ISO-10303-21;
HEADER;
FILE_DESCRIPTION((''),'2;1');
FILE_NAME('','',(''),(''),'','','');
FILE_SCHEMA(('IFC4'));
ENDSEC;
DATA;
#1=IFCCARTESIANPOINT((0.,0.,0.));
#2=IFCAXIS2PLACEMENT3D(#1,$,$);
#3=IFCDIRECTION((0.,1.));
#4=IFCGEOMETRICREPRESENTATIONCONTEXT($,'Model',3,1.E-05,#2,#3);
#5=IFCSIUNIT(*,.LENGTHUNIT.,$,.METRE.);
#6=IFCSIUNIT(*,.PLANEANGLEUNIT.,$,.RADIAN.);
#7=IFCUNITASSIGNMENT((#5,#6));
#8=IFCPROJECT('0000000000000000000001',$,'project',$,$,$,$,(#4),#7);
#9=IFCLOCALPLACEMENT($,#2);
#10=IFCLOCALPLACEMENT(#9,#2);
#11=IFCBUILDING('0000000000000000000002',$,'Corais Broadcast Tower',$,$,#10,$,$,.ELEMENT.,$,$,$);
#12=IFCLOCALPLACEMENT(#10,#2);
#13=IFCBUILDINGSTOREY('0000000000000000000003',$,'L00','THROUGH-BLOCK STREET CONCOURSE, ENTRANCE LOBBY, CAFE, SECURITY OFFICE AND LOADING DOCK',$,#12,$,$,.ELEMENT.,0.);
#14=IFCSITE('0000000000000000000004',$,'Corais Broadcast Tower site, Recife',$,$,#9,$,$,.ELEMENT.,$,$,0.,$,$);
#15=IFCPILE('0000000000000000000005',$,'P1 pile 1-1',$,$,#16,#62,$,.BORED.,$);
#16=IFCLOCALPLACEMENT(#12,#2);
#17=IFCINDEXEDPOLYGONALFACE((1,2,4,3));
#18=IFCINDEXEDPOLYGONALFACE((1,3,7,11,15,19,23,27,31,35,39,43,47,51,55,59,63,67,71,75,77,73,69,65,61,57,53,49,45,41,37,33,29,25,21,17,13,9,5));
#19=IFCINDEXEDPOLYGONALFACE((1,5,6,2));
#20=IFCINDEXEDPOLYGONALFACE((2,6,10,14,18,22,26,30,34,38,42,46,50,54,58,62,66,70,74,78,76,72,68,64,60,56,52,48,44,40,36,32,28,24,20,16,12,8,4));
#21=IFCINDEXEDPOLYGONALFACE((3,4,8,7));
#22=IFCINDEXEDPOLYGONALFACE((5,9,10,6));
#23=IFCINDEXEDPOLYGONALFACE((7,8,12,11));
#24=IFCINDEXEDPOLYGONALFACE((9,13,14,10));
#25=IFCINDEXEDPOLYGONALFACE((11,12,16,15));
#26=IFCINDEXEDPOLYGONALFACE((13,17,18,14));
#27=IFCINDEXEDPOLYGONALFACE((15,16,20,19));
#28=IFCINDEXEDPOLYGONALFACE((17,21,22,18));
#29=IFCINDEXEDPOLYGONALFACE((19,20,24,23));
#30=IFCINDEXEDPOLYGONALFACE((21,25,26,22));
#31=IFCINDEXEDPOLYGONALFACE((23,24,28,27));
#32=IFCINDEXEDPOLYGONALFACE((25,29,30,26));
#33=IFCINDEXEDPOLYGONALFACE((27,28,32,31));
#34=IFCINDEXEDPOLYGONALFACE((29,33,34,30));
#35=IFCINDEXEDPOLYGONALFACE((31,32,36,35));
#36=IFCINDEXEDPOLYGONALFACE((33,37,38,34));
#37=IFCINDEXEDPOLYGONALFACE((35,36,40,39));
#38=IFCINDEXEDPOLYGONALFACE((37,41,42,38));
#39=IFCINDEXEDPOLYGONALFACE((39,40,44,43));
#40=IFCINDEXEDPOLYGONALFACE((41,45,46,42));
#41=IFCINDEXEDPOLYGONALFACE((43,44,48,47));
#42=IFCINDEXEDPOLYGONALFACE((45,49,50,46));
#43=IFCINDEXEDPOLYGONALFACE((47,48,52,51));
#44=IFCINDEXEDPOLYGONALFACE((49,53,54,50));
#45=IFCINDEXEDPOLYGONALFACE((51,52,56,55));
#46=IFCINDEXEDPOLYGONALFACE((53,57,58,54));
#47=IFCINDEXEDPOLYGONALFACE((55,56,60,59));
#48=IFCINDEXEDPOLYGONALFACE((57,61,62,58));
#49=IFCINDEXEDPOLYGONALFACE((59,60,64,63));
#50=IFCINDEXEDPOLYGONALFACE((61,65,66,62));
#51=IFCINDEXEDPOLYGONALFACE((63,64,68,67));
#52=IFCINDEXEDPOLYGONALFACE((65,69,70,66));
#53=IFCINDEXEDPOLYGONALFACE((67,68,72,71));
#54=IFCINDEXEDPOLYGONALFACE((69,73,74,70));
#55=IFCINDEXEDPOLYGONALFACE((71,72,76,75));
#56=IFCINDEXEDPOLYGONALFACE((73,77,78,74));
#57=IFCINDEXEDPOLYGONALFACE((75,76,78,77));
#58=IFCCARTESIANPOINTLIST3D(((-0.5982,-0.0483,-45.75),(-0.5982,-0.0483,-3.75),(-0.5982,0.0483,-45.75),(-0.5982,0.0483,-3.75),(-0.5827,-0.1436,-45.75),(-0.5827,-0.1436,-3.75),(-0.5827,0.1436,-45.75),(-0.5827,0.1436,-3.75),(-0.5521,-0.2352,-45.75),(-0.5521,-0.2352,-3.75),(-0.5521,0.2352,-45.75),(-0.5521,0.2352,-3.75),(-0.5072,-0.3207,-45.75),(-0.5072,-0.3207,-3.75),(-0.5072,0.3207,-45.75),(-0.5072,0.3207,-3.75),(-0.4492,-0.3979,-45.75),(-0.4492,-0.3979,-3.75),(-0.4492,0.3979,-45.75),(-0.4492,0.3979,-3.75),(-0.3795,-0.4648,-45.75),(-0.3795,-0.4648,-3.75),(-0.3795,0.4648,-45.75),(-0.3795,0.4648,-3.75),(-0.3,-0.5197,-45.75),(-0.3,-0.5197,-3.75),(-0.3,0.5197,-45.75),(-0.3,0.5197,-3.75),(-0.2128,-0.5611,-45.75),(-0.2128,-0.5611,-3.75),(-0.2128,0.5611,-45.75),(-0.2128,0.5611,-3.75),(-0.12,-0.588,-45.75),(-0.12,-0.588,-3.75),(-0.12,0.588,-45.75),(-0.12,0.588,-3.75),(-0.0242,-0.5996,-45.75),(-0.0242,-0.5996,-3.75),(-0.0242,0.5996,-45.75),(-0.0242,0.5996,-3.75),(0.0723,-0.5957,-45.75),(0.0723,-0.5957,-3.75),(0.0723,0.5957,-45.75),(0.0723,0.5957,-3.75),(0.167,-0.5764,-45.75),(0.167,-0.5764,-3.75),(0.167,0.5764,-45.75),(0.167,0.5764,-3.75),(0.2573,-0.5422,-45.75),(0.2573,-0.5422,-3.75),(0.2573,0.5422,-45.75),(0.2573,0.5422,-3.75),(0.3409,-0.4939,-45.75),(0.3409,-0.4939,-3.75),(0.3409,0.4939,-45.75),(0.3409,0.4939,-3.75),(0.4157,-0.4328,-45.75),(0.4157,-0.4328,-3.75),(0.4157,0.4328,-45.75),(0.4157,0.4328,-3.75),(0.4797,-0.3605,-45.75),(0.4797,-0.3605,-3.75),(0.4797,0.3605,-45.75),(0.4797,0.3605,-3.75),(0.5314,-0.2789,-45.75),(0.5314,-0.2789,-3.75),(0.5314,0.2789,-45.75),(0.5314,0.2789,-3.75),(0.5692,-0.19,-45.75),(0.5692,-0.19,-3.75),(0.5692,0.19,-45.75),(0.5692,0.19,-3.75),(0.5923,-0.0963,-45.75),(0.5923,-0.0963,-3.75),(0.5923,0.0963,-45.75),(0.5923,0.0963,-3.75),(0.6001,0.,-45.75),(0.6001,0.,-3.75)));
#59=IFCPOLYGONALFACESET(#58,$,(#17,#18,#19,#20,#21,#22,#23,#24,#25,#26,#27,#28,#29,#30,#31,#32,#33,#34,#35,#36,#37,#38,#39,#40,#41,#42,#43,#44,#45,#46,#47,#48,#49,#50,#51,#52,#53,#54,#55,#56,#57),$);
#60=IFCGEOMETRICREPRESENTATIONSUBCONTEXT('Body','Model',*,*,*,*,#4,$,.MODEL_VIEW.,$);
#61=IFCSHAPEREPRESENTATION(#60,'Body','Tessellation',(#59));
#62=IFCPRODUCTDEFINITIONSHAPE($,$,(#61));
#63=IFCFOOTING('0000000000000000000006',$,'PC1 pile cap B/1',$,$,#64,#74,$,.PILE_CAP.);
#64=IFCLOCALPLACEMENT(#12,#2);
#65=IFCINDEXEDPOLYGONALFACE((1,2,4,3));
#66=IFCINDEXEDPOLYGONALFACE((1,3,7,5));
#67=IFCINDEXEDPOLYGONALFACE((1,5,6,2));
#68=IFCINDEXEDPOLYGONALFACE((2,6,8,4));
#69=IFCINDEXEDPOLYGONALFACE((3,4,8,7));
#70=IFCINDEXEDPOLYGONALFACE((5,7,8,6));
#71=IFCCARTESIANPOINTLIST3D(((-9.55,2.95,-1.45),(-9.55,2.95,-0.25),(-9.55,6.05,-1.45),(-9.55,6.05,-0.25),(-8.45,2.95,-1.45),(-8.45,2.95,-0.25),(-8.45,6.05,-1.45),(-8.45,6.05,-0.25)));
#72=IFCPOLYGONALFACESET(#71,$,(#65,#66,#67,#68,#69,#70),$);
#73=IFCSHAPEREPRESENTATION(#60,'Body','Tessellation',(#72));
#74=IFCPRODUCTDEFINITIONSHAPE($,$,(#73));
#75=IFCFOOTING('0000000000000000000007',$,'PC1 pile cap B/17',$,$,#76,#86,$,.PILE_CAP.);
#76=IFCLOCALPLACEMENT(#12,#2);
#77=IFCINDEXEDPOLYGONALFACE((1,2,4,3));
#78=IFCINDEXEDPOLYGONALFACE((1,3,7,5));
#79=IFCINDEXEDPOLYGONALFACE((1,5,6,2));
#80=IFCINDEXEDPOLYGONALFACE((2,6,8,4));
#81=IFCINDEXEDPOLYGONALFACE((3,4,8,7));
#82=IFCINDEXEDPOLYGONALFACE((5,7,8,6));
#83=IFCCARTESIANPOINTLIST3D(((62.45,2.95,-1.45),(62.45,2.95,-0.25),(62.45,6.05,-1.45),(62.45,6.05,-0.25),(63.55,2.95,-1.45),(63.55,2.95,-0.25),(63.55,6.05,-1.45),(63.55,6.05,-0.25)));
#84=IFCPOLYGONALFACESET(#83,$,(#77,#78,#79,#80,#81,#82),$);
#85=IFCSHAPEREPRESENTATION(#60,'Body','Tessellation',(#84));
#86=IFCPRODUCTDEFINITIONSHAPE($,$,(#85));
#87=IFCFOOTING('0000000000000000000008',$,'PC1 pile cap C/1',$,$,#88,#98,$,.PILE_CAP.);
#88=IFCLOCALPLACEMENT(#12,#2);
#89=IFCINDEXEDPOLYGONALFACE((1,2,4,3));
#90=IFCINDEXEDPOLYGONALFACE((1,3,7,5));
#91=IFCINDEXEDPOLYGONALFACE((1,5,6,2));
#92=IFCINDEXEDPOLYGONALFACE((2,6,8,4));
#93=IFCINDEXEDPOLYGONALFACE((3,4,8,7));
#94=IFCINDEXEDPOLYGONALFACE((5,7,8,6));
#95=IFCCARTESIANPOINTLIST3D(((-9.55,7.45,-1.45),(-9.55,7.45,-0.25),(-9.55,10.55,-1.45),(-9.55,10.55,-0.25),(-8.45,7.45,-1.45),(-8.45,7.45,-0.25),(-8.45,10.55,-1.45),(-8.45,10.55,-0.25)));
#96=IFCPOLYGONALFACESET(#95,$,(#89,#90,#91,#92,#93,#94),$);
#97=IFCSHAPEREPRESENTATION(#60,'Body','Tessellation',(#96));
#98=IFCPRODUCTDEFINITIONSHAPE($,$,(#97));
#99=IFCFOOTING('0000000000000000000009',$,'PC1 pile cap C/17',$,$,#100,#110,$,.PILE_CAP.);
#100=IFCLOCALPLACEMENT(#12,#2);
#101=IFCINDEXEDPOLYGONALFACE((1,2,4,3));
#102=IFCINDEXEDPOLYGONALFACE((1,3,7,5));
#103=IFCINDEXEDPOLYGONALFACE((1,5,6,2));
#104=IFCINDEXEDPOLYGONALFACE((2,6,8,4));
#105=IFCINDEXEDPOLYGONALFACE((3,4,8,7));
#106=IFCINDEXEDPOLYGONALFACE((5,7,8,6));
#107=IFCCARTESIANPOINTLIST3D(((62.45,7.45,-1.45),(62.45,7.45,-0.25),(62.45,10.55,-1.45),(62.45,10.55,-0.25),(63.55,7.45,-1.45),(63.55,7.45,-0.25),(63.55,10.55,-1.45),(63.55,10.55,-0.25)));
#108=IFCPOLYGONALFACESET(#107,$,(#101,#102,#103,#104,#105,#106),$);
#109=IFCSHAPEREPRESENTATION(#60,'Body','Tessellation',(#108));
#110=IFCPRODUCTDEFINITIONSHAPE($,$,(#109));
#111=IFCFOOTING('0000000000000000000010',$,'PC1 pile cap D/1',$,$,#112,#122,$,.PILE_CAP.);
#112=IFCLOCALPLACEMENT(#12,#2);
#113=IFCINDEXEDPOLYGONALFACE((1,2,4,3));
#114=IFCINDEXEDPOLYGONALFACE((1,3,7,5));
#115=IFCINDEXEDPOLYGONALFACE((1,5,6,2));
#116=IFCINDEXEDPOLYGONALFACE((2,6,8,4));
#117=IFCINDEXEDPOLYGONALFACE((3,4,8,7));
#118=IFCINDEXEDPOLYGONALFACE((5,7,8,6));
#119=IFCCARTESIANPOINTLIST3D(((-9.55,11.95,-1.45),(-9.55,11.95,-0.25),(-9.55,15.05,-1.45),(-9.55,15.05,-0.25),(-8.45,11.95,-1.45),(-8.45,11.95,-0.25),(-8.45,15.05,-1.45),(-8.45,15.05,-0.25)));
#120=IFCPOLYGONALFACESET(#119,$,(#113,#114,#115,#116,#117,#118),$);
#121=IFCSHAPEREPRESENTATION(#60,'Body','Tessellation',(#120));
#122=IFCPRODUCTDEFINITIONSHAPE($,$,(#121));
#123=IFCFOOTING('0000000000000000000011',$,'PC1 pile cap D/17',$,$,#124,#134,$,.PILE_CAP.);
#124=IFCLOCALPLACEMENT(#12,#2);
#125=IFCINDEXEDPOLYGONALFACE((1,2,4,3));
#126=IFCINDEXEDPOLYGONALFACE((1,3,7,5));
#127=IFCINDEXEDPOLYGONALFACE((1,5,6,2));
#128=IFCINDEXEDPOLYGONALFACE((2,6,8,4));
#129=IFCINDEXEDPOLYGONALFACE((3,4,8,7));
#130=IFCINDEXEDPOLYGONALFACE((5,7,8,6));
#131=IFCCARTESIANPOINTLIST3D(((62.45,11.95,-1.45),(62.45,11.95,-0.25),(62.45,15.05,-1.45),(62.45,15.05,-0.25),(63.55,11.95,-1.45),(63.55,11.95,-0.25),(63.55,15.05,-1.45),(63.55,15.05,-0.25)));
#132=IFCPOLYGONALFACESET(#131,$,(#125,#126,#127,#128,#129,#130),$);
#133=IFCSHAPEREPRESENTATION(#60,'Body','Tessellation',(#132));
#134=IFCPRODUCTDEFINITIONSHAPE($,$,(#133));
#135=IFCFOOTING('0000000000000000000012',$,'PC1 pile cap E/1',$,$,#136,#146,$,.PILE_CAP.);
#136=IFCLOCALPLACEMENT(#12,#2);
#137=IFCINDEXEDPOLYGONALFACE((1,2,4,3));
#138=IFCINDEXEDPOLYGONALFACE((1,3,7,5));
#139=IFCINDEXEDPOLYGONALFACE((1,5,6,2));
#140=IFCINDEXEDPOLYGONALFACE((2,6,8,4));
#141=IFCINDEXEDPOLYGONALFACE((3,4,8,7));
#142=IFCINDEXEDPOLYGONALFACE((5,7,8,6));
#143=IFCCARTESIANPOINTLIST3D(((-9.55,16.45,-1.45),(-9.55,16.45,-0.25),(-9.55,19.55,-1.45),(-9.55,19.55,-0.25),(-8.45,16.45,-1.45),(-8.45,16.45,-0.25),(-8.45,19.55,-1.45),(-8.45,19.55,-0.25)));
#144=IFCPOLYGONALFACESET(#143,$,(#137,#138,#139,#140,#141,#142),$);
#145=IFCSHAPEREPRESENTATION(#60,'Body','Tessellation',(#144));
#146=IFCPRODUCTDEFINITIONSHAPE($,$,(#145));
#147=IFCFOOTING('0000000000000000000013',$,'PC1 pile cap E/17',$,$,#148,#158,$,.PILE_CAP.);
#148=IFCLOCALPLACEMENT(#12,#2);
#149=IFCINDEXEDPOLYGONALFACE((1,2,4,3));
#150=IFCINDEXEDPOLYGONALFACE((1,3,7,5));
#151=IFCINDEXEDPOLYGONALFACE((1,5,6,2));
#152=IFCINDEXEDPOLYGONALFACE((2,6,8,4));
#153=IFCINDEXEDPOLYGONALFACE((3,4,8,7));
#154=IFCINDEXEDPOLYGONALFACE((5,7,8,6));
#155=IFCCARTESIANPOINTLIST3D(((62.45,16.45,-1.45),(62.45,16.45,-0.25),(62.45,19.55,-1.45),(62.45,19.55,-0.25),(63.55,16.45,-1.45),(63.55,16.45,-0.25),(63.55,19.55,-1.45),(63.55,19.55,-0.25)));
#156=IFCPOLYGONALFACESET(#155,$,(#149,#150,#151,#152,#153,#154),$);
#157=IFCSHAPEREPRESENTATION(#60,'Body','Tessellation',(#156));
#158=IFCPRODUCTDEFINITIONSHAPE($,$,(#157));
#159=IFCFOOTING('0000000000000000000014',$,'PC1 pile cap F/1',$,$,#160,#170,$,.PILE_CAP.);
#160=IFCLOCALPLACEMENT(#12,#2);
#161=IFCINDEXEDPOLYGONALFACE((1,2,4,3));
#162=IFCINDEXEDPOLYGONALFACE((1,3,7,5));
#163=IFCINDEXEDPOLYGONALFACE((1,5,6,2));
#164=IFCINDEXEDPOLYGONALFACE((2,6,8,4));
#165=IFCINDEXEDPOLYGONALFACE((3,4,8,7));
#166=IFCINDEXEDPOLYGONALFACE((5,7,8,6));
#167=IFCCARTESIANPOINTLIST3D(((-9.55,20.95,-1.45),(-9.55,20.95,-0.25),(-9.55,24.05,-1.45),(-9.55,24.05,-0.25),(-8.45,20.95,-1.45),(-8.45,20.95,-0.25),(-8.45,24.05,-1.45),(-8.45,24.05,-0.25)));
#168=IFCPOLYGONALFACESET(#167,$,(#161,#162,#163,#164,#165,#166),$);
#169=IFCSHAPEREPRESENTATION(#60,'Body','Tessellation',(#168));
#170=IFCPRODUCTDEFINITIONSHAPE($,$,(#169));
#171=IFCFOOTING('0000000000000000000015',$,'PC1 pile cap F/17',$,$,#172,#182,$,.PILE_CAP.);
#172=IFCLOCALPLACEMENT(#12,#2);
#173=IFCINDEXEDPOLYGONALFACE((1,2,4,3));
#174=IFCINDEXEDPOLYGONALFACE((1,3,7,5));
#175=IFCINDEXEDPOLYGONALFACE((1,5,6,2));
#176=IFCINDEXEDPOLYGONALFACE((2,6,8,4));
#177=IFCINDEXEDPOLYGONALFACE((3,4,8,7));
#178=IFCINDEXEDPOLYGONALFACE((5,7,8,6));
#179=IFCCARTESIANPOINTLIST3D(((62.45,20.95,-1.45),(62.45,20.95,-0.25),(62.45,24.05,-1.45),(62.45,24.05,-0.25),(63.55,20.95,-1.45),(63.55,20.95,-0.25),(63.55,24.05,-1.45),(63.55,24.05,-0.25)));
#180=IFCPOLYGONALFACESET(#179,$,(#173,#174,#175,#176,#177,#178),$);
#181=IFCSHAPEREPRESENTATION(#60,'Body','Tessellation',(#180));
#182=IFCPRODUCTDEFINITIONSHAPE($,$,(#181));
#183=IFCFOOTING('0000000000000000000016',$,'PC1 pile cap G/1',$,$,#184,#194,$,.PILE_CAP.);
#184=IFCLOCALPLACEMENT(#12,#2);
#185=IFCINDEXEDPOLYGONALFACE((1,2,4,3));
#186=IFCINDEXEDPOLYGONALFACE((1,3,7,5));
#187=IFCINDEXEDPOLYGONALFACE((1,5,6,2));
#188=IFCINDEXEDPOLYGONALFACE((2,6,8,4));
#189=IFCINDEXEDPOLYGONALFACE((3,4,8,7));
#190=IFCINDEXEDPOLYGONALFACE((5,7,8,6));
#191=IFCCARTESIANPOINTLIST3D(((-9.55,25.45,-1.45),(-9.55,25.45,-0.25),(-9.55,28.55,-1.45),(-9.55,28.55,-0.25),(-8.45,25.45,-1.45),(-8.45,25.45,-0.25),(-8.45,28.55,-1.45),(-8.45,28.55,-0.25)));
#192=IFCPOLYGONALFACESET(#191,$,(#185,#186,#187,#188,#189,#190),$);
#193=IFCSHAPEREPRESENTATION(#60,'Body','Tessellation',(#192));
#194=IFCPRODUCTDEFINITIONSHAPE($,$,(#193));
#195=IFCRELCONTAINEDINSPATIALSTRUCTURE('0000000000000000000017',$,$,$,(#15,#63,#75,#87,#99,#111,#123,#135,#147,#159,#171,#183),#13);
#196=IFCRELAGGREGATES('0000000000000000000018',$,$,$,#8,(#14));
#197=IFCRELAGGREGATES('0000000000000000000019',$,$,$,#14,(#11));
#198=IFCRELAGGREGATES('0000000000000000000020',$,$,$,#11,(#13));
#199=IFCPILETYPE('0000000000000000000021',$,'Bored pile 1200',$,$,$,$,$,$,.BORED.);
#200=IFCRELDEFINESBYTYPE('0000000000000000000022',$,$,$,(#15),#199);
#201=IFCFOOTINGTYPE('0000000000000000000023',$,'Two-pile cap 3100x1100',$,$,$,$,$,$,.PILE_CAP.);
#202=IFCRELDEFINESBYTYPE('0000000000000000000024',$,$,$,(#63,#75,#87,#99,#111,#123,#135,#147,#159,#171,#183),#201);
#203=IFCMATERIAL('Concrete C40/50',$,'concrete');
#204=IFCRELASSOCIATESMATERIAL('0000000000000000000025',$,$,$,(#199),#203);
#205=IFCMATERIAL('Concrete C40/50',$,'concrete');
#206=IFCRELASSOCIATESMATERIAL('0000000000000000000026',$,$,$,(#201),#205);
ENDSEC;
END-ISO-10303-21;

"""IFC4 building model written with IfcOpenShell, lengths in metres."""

from ifc_helpers import new_model, si_unit, direction, frame, origin, origin_2d, place, context, subcontext, project, spatial, polyline, circle, outline, extrude, material, type_object, element, save


model = new_model("IFC4")

# Units and contexts
model_context = context("Model", 3, precision=1e-05, world=origin(), true_north=direction((0.0, 1.0)))
body_context = subcontext(model_context, "Body", "Model", "MODEL_VIEW")
ifc_project = project(units=[si_unit("LENGTHUNIT", "METRE"), si_unit("PLANEANGLEUNIT", "RADIAN")], contexts=[model_context])

# Site, building, storey
site_placement = place(None, origin())
site = spatial("IfcSite", under=ifc_project, at=site_placement, Name="Corais Broadcast Tower site, Recife", CompositionType="ELEMENT", RefElevation=0.0)
building_placement = place(site_placement, origin())
building = spatial("IfcBuilding", under=site, at=building_placement, Name="Corais Broadcast Tower", CompositionType="ELEMENT")
storey_placement = place(building_placement, origin())
storey = spatial("IfcBuildingStorey", under=building, at=storey_placement, Name="L00", Description="THROUGH-BLOCK STREET CONCOURSE, ENTRANCE LOBBY, CAFE, SECURITY OFFICE AND LOADING DOCK", CompositionType="ELEMENT", Elevation=0.0)

# Pile
ifc_material_1 = material(Name="Concrete C40/50", Category="concrete")
pile_type = type_object("IfcPileType", Name="Bored pile 1200", PredefinedType="BORED", material=ifc_material_1)
pile_placement = place(storey_placement, frame((0.0, 0.0, -3.75), z_axis=(0.0, 0.0, -1.0), x_axis=(1.0, 0.0, 0.0)))
element("IfcPile", 1, at=pile_placement, inside=storey, type_object=pile_type, Name="P1 pile 1-1", PredefinedType="BORED", context=body_context, shape_type="SweptSolid", body=[
    extrude(circle(Radius=0.6001, at=origin_2d()), origin(), (0.0, 0.0, 1.0), 42.0),
])

# Footings
ifc_material_2 = material(Name="Concrete C40/50", Category="concrete")
footing_type = type_object("IfcFootingType", Name="Two-pile cap 3100x1100", PredefinedType="PILE_CAP", material=ifc_material_2)
footing_1_placement = place(storey_placement, frame((0.0, 0.0, -1.45)))
element("IfcFooting", 2, at=footing_1_placement, inside=storey, type_object=footing_type, Name="PC1 pile cap B/1", PredefinedType="PILE_CAP", context=body_context, shape_type="SweptSolid", body=[
    extrude(outline(polyline([(-9.55, 2.95), (-8.45, 2.95), (-8.45, 6.05), (-9.55, 6.05), (-9.55, 2.95)])), origin(), (0.0, 0.0, 1.0), 1.2),
])
footing_2_placement = place(storey_placement, frame((0.0, 0.0, -1.45)))
element("IfcFooting", 3, at=footing_2_placement, inside=storey, type_object=footing_type, Name="PC1 pile cap B/17", PredefinedType="PILE_CAP", context=body_context, shape_type="SweptSolid", body=[
    extrude(outline(polyline([(62.45, 2.95), (63.55, 2.95), (63.55, 6.05), (62.45, 6.05), (62.45, 2.95)])), origin(), (0.0, 0.0, 1.0), 1.2),
])
footing_3_placement = place(storey_placement, frame((0.0, 0.0, -1.45)))
element("IfcFooting", 4, at=footing_3_placement, inside=storey, type_object=footing_type, Name="PC1 pile cap C/1", PredefinedType="PILE_CAP", context=body_context, shape_type="SweptSolid", body=[
    extrude(outline(polyline([(-9.55, 7.45), (-8.45, 7.45), (-8.45, 10.55), (-9.55, 10.55), (-9.55, 7.45)])), origin(), (0.0, 0.0, 1.0), 1.2),
])
footing_4_placement = place(storey_placement, frame((0.0, 0.0, -1.45)))
element("IfcFooting", 5, at=footing_4_placement, inside=storey, type_object=footing_type, Name="PC1 pile cap C/17", PredefinedType="PILE_CAP", context=body_context, shape_type="SweptSolid", body=[
    extrude(outline(polyline([(62.45, 7.45), (63.55, 7.45), (63.55, 10.55), (62.45, 10.55), (62.45, 7.45)])), origin(), (0.0, 0.0, 1.0), 1.2),
])
footing_5_placement = place(storey_placement, frame((0.0, 0.0, -1.45)))
element("IfcFooting", 6, at=footing_5_placement, inside=storey, type_object=footing_type, Name="PC1 pile cap D/1", PredefinedType="PILE_CAP", context=body_context, shape_type="SweptSolid", body=[
    extrude(outline(polyline([(-9.55, 11.95), (-8.45, 11.95), (-8.45, 15.05), (-9.55, 15.05), (-9.55, 11.95)])), origin(), (0.0, 0.0, 1.0), 1.2),
])
footing_6_placement = place(storey_placement, frame((0.0, 0.0, -1.45)))
element("IfcFooting", 7, at=footing_6_placement, inside=storey, type_object=footing_type, Name="PC1 pile cap D/17", PredefinedType="PILE_CAP", context=body_context, shape_type="SweptSolid", body=[
    extrude(outline(polyline([(62.45, 11.95), (63.55, 11.95), (63.55, 15.05), (62.45, 15.05), (62.45, 11.95)])), origin(), (0.0, 0.0, 1.0), 1.2),
])
footing_7_placement = place(storey_placement, frame((0.0, 0.0, -1.45)))
element("IfcFooting", 8, at=footing_7_placement, inside=storey, type_object=footing_type, Name="PC1 pile cap E/1", PredefinedType="PILE_CAP", context=body_context, shape_type="SweptSolid", body=[
    extrude(outline(polyline([(-9.55, 16.45), (-8.45, 16.45), (-8.45, 19.55), (-9.55, 19.55), (-9.55, 16.45)])), origin(), (0.0, 0.0, 1.0), 1.2),
])
footing_8_placement = place(storey_placement, frame((0.0, 0.0, -1.45)))
element("IfcFooting", 9, at=footing_8_placement, inside=storey, type_object=footing_type, Name="PC1 pile cap E/17", PredefinedType="PILE_CAP", context=body_context, shape_type="SweptSolid", body=[
    extrude(outline(polyline([(62.45, 16.45), (63.55, 16.45), (63.55, 19.55), (62.45, 19.55), (62.45, 16.45)])), origin(), (0.0, 0.0, 1.0), 1.2),
])
footing_9_placement = place(storey_placement, frame((0.0, 0.0, -1.45)))
element("IfcFooting", 10, at=footing_9_placement, inside=storey, type_object=footing_type, Name="PC1 pile cap F/1", PredefinedType="PILE_CAP", context=body_context, shape_type="SweptSolid", body=[
    extrude(outline(polyline([(-9.55, 20.95), (-8.45, 20.95), (-8.45, 24.05), (-9.55, 24.05), (-9.55, 20.95)])), origin(), (0.0, 0.0, 1.0), 1.2),
])
footing_10_placement = place(storey_placement, frame((0.0, 0.0, -1.45)))
element("IfcFooting", 11, at=footing_10_placement, inside=storey, type_object=footing_type, Name="PC1 pile cap F/17", PredefinedType="PILE_CAP", context=body_context, shape_type="SweptSolid", body=[
    extrude(outline(polyline([(62.45, 20.95), (63.55, 20.95), (63.55, 24.05), (62.45, 24.05), (62.45, 20.95)])), origin(), (0.0, 0.0, 1.0), 1.2),
])
footing_11_placement = place(storey_placement, frame((0.0, 0.0, -1.45)))
element("IfcFooting", 12, at=footing_11_placement, inside=storey, type_object=footing_type, Name="PC1 pile cap G/1", PredefinedType="PILE_CAP", context=body_context, shape_type="SweptSolid", body=[
    extrude(outline(polyline([(-9.55, 25.45), (-8.45, 25.45), (-8.45, 28.55), (-9.55, 28.55), (-9.55, 25.45)])), origin(), (0.0, 0.0, 1.0), 1.2),
])

save(model, "model.ifc")
